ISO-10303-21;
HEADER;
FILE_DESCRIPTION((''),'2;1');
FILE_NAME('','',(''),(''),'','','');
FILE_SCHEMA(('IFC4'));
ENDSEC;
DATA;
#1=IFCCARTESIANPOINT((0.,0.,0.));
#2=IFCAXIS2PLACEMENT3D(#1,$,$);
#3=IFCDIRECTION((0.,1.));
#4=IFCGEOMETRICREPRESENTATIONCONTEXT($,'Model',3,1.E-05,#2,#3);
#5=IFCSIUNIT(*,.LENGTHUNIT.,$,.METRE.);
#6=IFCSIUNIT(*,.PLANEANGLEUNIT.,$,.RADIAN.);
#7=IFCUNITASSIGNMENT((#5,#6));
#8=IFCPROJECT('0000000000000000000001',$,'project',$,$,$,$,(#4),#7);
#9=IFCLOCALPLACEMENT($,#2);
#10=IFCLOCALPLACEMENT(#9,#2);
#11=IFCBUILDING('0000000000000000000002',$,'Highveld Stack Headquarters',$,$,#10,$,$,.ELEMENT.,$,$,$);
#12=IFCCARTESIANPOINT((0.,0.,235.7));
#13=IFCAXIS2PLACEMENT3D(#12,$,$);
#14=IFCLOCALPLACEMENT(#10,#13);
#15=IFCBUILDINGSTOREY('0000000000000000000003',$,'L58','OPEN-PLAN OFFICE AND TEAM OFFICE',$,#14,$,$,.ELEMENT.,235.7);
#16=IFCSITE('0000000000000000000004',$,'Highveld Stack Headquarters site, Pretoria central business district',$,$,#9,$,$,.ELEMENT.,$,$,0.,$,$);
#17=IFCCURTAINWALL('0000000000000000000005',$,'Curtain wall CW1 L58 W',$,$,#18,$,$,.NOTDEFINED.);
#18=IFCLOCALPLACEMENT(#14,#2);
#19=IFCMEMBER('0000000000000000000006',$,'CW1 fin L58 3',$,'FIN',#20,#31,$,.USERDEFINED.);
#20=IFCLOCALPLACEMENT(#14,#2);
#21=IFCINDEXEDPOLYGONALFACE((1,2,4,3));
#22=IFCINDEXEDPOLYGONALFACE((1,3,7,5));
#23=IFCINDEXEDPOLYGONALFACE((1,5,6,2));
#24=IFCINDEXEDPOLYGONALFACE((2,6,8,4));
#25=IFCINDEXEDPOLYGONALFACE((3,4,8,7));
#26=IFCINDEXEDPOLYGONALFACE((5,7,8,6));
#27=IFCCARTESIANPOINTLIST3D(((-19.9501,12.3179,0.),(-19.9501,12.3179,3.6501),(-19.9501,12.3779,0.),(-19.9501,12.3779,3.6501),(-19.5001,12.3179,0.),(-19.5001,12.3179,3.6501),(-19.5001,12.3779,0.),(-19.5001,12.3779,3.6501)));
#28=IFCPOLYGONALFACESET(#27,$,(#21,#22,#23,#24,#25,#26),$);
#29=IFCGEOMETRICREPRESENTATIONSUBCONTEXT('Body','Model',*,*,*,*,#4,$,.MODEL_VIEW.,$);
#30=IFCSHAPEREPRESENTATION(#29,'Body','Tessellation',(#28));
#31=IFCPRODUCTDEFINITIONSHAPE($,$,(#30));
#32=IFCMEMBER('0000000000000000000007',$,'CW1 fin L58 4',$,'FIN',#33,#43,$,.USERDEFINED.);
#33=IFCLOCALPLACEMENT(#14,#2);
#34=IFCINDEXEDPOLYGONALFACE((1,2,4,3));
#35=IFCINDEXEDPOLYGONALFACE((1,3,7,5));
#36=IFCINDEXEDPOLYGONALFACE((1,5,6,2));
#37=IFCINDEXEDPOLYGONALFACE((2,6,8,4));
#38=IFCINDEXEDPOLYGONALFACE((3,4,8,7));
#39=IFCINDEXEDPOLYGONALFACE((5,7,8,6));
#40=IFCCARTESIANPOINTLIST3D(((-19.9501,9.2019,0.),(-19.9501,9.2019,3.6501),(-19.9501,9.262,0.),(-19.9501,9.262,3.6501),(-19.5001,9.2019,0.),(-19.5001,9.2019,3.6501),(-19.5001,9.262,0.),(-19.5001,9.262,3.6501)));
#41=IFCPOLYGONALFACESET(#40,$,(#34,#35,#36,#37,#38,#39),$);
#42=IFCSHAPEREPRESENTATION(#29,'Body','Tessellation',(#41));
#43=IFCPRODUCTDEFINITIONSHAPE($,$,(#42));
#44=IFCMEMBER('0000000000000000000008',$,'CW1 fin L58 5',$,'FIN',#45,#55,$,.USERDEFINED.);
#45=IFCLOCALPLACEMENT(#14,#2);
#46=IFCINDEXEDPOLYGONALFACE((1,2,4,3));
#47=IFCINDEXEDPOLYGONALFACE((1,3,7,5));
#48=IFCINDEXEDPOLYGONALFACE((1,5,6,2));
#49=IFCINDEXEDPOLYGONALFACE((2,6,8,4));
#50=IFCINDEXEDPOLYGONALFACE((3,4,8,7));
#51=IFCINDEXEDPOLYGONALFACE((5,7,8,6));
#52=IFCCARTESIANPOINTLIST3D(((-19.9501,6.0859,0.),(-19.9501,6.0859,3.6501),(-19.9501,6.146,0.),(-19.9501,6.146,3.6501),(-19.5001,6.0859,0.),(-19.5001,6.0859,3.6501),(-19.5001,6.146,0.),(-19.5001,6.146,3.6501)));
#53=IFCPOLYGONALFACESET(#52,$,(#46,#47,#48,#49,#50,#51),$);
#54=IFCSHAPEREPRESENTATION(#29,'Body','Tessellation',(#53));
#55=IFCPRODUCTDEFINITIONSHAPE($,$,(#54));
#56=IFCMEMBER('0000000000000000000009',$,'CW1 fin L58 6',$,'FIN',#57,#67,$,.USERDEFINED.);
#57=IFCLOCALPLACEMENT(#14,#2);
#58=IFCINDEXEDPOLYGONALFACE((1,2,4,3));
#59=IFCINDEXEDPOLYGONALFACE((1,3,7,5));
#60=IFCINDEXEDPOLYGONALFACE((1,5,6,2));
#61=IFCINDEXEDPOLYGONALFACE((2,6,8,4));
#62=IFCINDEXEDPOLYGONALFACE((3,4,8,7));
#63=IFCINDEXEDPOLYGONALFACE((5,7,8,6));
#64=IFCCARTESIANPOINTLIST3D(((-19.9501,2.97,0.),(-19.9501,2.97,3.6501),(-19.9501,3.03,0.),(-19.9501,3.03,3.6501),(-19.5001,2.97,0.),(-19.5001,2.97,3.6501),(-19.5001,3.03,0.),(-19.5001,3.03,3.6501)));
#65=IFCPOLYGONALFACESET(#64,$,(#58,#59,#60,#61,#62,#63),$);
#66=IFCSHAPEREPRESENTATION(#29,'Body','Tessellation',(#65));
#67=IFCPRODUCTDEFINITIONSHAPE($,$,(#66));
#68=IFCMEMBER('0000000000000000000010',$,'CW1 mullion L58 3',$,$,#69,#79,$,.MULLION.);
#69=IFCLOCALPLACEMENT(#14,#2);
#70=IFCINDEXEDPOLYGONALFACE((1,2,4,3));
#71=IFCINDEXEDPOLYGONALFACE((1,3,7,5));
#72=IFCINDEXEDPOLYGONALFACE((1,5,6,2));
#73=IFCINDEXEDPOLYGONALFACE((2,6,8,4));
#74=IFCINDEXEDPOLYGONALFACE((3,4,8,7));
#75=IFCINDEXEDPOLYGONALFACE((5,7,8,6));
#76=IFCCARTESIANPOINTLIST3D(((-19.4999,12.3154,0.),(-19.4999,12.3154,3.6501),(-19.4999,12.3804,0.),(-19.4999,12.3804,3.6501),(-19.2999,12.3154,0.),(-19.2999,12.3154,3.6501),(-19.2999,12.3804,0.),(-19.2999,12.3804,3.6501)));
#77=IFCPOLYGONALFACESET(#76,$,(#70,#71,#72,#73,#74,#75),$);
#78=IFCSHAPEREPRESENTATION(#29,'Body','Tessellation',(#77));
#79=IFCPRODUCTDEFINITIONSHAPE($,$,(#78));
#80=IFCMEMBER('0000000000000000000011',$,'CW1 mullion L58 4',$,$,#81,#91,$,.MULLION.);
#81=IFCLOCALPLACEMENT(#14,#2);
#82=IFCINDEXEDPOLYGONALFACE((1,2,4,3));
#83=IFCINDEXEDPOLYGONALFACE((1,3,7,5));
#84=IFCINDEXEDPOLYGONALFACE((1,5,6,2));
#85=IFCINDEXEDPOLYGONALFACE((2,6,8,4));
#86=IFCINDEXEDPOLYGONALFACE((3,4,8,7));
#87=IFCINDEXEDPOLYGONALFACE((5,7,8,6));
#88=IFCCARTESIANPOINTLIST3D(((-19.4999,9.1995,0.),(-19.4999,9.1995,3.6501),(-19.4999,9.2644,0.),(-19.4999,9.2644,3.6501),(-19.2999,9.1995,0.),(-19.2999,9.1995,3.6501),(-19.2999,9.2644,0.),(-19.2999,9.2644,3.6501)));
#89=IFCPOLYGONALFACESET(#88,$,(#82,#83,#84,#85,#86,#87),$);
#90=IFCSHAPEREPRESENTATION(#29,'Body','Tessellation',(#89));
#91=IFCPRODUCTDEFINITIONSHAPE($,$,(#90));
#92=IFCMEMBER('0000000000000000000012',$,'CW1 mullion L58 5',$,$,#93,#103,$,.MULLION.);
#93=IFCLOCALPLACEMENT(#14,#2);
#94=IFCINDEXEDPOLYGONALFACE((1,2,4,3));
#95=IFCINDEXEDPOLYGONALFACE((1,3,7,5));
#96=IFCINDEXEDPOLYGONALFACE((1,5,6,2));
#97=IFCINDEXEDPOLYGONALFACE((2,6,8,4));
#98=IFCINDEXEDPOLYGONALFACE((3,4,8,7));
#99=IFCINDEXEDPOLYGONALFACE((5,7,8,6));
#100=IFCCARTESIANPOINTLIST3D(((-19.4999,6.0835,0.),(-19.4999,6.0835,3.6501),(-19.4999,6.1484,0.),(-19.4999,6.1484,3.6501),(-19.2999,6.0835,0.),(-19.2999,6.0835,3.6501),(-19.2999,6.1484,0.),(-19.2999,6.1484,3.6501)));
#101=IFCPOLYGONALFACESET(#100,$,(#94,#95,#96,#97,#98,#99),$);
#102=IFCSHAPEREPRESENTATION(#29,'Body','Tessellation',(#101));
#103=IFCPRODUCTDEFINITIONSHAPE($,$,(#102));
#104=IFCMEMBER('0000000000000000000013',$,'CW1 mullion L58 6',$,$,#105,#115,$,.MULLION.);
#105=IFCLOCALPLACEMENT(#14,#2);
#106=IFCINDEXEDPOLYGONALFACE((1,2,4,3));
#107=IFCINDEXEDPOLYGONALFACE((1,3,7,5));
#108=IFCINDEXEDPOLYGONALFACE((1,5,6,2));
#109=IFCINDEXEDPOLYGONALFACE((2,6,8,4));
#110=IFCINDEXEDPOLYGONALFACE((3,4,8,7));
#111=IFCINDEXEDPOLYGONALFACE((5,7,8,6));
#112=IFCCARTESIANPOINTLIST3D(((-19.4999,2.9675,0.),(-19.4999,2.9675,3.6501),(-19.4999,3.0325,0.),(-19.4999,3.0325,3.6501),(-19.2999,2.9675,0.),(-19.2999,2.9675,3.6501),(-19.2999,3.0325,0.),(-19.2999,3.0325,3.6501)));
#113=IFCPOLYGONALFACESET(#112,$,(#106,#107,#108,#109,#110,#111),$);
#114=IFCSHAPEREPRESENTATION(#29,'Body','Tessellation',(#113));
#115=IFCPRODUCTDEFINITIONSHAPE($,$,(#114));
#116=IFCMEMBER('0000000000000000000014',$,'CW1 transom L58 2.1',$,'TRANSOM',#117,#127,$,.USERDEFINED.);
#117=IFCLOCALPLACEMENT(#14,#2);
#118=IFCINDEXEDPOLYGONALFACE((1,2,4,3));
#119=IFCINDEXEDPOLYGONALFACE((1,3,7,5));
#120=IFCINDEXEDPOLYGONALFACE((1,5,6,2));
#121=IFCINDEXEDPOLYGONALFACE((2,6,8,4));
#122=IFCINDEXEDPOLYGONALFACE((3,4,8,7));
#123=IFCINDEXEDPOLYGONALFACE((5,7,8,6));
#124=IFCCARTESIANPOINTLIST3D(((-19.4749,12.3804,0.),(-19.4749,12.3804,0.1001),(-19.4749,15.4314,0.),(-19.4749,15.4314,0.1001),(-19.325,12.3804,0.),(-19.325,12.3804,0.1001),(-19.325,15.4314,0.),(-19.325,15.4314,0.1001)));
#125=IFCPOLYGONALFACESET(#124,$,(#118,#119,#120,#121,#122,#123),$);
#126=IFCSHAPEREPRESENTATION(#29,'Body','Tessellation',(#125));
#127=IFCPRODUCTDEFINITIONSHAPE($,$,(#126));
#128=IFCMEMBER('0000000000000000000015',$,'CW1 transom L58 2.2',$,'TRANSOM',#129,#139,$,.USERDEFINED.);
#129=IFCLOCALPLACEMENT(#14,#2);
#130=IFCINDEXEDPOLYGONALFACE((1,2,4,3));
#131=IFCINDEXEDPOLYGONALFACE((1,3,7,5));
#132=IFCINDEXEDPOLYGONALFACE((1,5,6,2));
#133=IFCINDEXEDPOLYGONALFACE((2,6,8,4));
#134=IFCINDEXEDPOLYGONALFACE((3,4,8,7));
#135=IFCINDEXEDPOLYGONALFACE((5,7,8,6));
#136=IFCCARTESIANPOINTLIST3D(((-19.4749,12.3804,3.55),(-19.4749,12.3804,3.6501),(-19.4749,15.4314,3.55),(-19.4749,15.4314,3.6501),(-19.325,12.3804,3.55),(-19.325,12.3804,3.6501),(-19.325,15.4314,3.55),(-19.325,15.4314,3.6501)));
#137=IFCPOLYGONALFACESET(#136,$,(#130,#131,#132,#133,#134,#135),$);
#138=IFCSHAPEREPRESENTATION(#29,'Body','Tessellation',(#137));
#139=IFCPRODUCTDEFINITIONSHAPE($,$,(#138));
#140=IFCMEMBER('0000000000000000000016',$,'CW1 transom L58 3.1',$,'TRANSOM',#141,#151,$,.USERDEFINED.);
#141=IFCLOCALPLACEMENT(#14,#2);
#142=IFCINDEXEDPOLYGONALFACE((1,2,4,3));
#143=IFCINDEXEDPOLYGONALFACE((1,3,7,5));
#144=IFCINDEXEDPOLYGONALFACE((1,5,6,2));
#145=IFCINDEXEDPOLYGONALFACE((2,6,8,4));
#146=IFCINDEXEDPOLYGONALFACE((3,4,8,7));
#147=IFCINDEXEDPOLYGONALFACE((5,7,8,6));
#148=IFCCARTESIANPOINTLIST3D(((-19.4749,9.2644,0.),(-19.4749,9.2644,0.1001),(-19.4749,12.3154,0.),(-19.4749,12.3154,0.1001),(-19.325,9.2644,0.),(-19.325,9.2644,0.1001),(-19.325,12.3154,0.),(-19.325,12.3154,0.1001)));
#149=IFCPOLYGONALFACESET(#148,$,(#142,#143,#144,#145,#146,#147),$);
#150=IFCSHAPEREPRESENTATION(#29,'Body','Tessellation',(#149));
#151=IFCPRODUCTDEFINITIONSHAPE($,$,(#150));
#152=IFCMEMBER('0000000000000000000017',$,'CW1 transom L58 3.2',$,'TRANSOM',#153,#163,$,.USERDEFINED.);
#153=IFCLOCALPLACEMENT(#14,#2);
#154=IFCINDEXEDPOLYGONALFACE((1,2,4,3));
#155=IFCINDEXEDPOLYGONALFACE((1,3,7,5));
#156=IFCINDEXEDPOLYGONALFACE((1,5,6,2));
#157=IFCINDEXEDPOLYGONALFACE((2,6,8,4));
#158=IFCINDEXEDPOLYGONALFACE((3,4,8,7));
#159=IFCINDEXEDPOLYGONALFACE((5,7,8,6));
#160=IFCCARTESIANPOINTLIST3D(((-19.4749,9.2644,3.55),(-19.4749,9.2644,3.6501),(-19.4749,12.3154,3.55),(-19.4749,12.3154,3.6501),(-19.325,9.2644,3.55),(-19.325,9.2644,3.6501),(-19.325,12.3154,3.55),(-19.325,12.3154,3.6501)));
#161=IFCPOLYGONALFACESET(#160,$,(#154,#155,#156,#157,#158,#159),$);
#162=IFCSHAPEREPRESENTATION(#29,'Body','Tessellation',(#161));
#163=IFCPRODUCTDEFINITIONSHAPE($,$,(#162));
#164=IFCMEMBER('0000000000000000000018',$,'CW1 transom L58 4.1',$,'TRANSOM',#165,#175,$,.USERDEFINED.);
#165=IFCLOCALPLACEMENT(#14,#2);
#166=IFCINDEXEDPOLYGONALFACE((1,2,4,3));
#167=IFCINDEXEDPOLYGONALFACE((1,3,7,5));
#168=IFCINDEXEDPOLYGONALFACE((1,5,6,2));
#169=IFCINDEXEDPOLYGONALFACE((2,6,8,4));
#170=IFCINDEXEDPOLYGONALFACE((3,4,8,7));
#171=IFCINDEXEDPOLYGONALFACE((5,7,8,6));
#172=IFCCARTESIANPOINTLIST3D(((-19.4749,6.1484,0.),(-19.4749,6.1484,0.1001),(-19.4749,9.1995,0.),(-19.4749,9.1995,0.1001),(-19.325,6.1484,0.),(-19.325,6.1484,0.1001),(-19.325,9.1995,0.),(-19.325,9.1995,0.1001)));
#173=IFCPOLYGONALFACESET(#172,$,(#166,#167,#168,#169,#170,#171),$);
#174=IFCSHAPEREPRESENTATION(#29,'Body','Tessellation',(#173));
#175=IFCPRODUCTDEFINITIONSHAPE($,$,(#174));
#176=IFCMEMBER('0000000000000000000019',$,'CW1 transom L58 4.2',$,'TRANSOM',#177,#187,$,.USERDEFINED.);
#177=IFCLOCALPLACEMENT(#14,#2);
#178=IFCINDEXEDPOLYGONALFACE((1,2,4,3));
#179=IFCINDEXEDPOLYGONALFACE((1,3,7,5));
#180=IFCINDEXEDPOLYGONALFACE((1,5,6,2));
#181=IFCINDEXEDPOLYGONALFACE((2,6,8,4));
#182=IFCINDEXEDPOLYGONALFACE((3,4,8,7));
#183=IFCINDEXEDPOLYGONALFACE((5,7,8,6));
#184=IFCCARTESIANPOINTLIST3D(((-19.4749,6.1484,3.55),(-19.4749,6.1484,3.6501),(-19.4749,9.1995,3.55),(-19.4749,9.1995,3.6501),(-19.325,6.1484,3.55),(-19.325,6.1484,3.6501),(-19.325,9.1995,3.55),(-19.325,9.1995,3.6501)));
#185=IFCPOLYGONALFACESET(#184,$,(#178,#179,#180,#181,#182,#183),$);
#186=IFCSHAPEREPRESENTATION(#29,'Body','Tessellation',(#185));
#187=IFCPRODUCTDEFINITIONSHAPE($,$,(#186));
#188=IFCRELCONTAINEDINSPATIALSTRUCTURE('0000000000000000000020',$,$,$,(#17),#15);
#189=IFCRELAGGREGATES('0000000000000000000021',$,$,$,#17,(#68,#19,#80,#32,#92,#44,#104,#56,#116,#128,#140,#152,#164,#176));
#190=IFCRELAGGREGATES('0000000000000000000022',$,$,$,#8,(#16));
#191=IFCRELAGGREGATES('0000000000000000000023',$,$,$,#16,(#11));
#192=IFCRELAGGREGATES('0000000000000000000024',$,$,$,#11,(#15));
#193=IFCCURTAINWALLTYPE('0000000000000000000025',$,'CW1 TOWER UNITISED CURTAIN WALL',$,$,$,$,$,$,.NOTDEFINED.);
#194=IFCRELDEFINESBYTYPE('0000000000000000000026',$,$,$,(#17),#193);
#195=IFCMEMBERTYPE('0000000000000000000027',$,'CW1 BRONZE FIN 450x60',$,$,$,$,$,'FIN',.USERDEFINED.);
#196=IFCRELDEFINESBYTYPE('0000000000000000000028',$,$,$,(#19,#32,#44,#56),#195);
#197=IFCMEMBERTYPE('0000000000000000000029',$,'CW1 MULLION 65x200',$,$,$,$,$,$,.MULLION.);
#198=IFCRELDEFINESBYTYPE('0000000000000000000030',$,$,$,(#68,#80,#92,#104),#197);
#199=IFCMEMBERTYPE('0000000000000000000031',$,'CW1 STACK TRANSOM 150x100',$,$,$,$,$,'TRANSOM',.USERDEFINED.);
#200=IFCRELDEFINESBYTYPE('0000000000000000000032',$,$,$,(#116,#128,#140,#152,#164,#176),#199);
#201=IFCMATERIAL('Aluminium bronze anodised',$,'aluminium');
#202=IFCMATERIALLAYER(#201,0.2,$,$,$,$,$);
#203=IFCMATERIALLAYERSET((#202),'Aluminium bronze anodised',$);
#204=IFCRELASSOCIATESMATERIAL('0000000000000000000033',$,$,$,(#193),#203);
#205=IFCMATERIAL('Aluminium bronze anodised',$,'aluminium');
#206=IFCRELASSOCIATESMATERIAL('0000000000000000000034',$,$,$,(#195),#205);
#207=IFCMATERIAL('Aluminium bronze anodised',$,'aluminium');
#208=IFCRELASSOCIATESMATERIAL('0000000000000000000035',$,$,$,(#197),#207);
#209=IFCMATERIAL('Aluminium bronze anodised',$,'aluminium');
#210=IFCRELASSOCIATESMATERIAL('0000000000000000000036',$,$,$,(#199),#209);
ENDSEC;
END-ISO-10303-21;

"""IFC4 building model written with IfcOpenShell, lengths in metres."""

from ifc_helpers import new_model, si_unit, direction, frame, origin, origin_2d, place, context, subcontext, project, spatial, rectangle, extrude, material, layer, layer_set, material_profile, profile_set, type_object, element, aggregate, save


model = new_model("IFC4")

# Units and contexts
model_context = context("Model", 3, precision=1e-05, world=origin(), true_north=direction((0.0, 1.0)))
body_context = subcontext(model_context, "Body", "Model", "MODEL_VIEW")
ifc_project = project(units=[si_unit("LENGTHUNIT", "METRE"), si_unit("PLANEANGLEUNIT", "RADIAN")], contexts=[model_context])

# Site, building, storey
site_placement = place(None, origin())
site = spatial("IfcSite", under=ifc_project, at=site_placement, Name="Highveld Stack Headquarters site, Pretoria central business district", CompositionType="ELEMENT", RefElevation=0.0)
building_placement = place(site_placement, origin())
building = spatial("IfcBuilding", under=site, at=building_placement, Name="Highveld Stack Headquarters", CompositionType="ELEMENT")
storey_placement = place(building_placement, frame((0.0, 0.0, 235.7)))
storey = spatial("IfcBuildingStorey", under=building, at=storey_placement, Name="L58", Description="OPEN-PLAN OFFICE AND TEAM OFFICE", CompositionType="ELEMENT", Elevation=235.7)

# Curtain wall, members
ifc_material_1 = material(Name="Aluminium bronze anodised", Category="aluminium")
ifc_layer_1 = layer(ifc_material_1, 0.2)
ifc_layer_set_1 = layer_set([ifc_layer_1], Name="Aluminium bronze anodised")
curtain_wall_type = type_object("IfcCurtainWallType", Name="CW1 TOWER UNITISED CURTAIN WALL", PredefinedType="NOTDEFINED", material=ifc_layer_set_1)
curtain_wall_placement = place(storey_placement, origin())
curtain_wall = element("IfcCurtainWall", 1, at=curtain_wall_placement, inside=storey, type_object=curtain_wall_type, Name="Curtain wall CW1 L58 W", PredefinedType="NOTDEFINED")
ifc_material_2 = material(Name="Aluminium bronze anodised", Category="aluminium")
ifc_material_profile_1 = material_profile(ifc_material_2, rectangle(XDim=0.45, YDim=0.0601, at=origin_2d()), Name="FIN 450x60")
ifc_profile_set_1 = profile_set([ifc_material_profile_1], Name="Aluminium bronze anodised")
member_type_1 = type_object("IfcMemberType", Name="CW1 BRONZE FIN 450x60", ElementType="FIN", PredefinedType="USERDEFINED", material=ifc_profile_set_1)
member_1_placement = place(storey_placement, frame((-19.7251, 12.3479, 0.0), z_axis=(0.0, 0.0, 1.0), x_axis=(1.0, 0.0, 0.0)))
member_1 = element("IfcMember", 2, at=member_1_placement, type_object=member_type_1, Name="CW1 fin L58 3", ObjectType="FIN", PredefinedType="USERDEFINED", context=body_context, shape_type="SweptSolid", body=[
    extrude(rectangle(XDim=0.45, YDim=0.0601, at=origin_2d()), origin(), (0.0, 0.0, 1.0), 3.6501),
])
member_2_placement = place(storey_placement, frame((-19.7251, 9.2319, 0.0), z_axis=(0.0, 0.0, 1.0), x_axis=(1.0, 0.0, 0.0)))
member_2 = element("IfcMember", 3, at=member_2_placement, type_object=member_type_1, Name="CW1 fin L58 4", ObjectType="FIN", PredefinedType="USERDEFINED", context=body_context, shape_type="SweptSolid", body=[
    extrude(rectangle(XDim=0.45, YDim=0.0601, at=origin_2d()), origin(), (0.0, 0.0, 1.0), 3.6501),
])
member_3_placement = place(storey_placement, frame((-19.7251, 6.116, 0.0), z_axis=(0.0, 0.0, 1.0), x_axis=(1.0, 0.0, 0.0)))
member_3 = element("IfcMember", 4, at=member_3_placement, type_object=member_type_1, Name="CW1 fin L58 5", ObjectType="FIN", PredefinedType="USERDEFINED", context=body_context, shape_type="SweptSolid", body=[
    extrude(rectangle(XDim=0.45, YDim=0.0601, at=origin_2d()), origin(), (0.0, 0.0, 1.0), 3.6501),
])
member_4_placement = place(storey_placement, frame((-19.7251, 3.0, 0.0), z_axis=(0.0, 0.0, 1.0), x_axis=(1.0, 0.0, 0.0)))
member_4 = element("IfcMember", 5, at=member_4_placement, type_object=member_type_1, Name="CW1 fin L58 6", ObjectType="FIN", PredefinedType="USERDEFINED", context=body_context, shape_type="SweptSolid", body=[
    extrude(rectangle(XDim=0.45, YDim=0.0601, at=origin_2d()), origin(), (0.0, 0.0, 1.0), 3.6501),
])
ifc_material_3 = material(Name="Aluminium bronze anodised", Category="aluminium")
ifc_material_profile_2 = material_profile(ifc_material_3, rectangle(XDim=0.2, YDim=0.0649, at=origin_2d()), Name="CW1 MULLION 65x200")
ifc_profile_set_2 = profile_set([ifc_material_profile_2], Name="Aluminium bronze anodised")
member_type_2 = type_object("IfcMemberType", Name="CW1 MULLION 65x200", PredefinedType="MULLION", material=ifc_profile_set_2)
member_5_placement = place(storey_placement, frame((-19.3999, 12.3479, 0.0), z_axis=(0.0, 0.0, 1.0), x_axis=(1.0, 0.0, 0.0)))
member_5 = element("IfcMember", 6, at=member_5_placement, type_object=member_type_2, Name="CW1 mullion L58 3", PredefinedType="MULLION", context=body_context, shape_type="SweptSolid", body=[
    extrude(rectangle(XDim=0.2, YDim=0.0649, at=origin_2d()), origin(), (0.0, 0.0, 1.0), 3.6501),
])
member_6_placement = place(storey_placement, frame((-19.3999, 9.2319, 0.0), z_axis=(0.0, 0.0, 1.0), x_axis=(1.0, 0.0, 0.0)))
member_6 = element("IfcMember", 7, at=member_6_placement, type_object=member_type_2, Name="CW1 mullion L58 4", PredefinedType="MULLION", context=body_context, shape_type="SweptSolid", body=[
    extrude(rectangle(XDim=0.2, YDim=0.0649, at=origin_2d()), origin(), (0.0, 0.0, 1.0), 3.6501),
])
member_7_placement = place(storey_placement, frame((-19.3999, 6.116, 0.0), z_axis=(0.0, 0.0, 1.0), x_axis=(1.0, 0.0, 0.0)))
member_7 = element("IfcMember", 8, at=member_7_placement, type_object=member_type_2, Name="CW1 mullion L58 5", PredefinedType="MULLION", context=body_context, shape_type="SweptSolid", body=[
    extrude(rectangle(XDim=0.2, YDim=0.0649, at=origin_2d()), origin(), (0.0, 0.0, 1.0), 3.6501),
])
member_8_placement = place(storey_placement, frame((-19.3999, 3.0, 0.0), z_axis=(0.0, 0.0, 1.0), x_axis=(1.0, 0.0, 0.0)))
member_8 = element("IfcMember", 9, at=member_8_placement, type_object=member_type_2, Name="CW1 mullion L58 6", PredefinedType="MULLION", context=body_context, shape_type="SweptSolid", body=[
    extrude(rectangle(XDim=0.2, YDim=0.0649, at=origin_2d()), origin(), (0.0, 0.0, 1.0), 3.6501),
])
ifc_material_4 = material(Name="Aluminium bronze anodised", Category="aluminium")
ifc_material_profile_3 = material_profile(ifc_material_4, rectangle(XDim=0.1499, YDim=0.1001, at=origin_2d()), Name="CW1 TRANSOM 150x100")
ifc_profile_set_3 = profile_set([ifc_material_profile_3], Name="Aluminium bronze anodised")
member_type_3 = type_object("IfcMemberType", Name="CW1 STACK TRANSOM 150x100", ElementType="TRANSOM", PredefinedType="USERDEFINED", material=ifc_profile_set_3)
member_9_placement = place(storey_placement, frame((-19.3999, 15.4314, 0.05), z_axis=(0.0, -1.0, 0.0), x_axis=(1.0, 0.0, 0.0)))
member_9 = element("IfcMember", 10, at=member_9_placement, type_object=member_type_3, Name="CW1 transom L58 2.1", ObjectType="TRANSOM", PredefinedType="USERDEFINED", context=body_context, shape_type="SweptSolid", body=[
    extrude(rectangle(XDim=0.1499, YDim=0.1001, at=origin_2d()), origin(), (0.0, 0.0, 1.0), 3.051),
])
member_10_placement = place(storey_placement, frame((-19.3999, 15.4314, 3.6001), z_axis=(0.0, -1.0, 0.0), x_axis=(1.0, 0.0, 0.0)))
member_10 = element("IfcMember", 11, at=member_10_placement, type_object=member_type_3, Name="CW1 transom L58 2.2", ObjectType="TRANSOM", PredefinedType="USERDEFINED", context=body_context, shape_type="SweptSolid", body=[
    extrude(rectangle(XDim=0.1499, YDim=0.1001, at=origin_2d()), origin(), (0.0, 0.0, 1.0), 3.051),
])
member_11_placement = place(storey_placement, frame((-19.3999, 12.3154, 0.05), z_axis=(0.0, -1.0, 0.0), x_axis=(1.0, 0.0, 0.0)))
member_11 = element("IfcMember", 12, at=member_11_placement, type_object=member_type_3, Name="CW1 transom L58 3.1", ObjectType="TRANSOM", PredefinedType="USERDEFINED", context=body_context, shape_type="SweptSolid", body=[
    extrude(rectangle(XDim=0.1499, YDim=0.1001, at=origin_2d()), origin(), (0.0, 0.0, 1.0), 3.051),
])
member_12_placement = place(storey_placement, frame((-19.3999, 12.3154, 3.6001), z_axis=(0.0, -1.0, 0.0), x_axis=(1.0, 0.0, 0.0)))
member_12 = element("IfcMember", 13, at=member_12_placement, type_object=member_type_3, Name="CW1 transom L58 3.2", ObjectType="TRANSOM", PredefinedType="USERDEFINED", context=body_context, shape_type="SweptSolid", body=[
    extrude(rectangle(XDim=0.1499, YDim=0.1001, at=origin_2d()), origin(), (0.0, 0.0, 1.0), 3.051),
])
member_13_placement = place(storey_placement, frame((-19.3999, 9.1995, 0.05), z_axis=(0.0, -1.0, 0.0), x_axis=(1.0, 0.0, 0.0)))
member_13 = element("IfcMember", 14, at=member_13_placement, type_object=member_type_3, Name="CW1 transom L58 4.1", ObjectType="TRANSOM", PredefinedType="USERDEFINED", context=body_context, shape_type="SweptSolid", body=[
    extrude(rectangle(XDim=0.1499, YDim=0.1001, at=origin_2d()), origin(), (0.0, 0.0, 1.0), 3.051),
])
member_14_placement = place(storey_placement, frame((-19.3999, 9.1995, 3.6001), z_axis=(0.0, -1.0, 0.0), x_axis=(1.0, 0.0, 0.0)))
member_14 = element("IfcMember", 15, at=member_14_placement, type_object=member_type_3, Name="CW1 transom L58 4.2", ObjectType="TRANSOM", PredefinedType="USERDEFINED", context=body_context, shape_type="SweptSolid", body=[
    extrude(rectangle(XDim=0.1499, YDim=0.1001, at=origin_2d()), origin(), (0.0, 0.0, 1.0), 3.051),
])
aggregate(curtain_wall, [member_5, member_1, member_6, member_2, member_7, member_3, member_8, member_4, member_9, member_10, member_11, member_12, member_13, member_14])

save(model, "model.ifc")
